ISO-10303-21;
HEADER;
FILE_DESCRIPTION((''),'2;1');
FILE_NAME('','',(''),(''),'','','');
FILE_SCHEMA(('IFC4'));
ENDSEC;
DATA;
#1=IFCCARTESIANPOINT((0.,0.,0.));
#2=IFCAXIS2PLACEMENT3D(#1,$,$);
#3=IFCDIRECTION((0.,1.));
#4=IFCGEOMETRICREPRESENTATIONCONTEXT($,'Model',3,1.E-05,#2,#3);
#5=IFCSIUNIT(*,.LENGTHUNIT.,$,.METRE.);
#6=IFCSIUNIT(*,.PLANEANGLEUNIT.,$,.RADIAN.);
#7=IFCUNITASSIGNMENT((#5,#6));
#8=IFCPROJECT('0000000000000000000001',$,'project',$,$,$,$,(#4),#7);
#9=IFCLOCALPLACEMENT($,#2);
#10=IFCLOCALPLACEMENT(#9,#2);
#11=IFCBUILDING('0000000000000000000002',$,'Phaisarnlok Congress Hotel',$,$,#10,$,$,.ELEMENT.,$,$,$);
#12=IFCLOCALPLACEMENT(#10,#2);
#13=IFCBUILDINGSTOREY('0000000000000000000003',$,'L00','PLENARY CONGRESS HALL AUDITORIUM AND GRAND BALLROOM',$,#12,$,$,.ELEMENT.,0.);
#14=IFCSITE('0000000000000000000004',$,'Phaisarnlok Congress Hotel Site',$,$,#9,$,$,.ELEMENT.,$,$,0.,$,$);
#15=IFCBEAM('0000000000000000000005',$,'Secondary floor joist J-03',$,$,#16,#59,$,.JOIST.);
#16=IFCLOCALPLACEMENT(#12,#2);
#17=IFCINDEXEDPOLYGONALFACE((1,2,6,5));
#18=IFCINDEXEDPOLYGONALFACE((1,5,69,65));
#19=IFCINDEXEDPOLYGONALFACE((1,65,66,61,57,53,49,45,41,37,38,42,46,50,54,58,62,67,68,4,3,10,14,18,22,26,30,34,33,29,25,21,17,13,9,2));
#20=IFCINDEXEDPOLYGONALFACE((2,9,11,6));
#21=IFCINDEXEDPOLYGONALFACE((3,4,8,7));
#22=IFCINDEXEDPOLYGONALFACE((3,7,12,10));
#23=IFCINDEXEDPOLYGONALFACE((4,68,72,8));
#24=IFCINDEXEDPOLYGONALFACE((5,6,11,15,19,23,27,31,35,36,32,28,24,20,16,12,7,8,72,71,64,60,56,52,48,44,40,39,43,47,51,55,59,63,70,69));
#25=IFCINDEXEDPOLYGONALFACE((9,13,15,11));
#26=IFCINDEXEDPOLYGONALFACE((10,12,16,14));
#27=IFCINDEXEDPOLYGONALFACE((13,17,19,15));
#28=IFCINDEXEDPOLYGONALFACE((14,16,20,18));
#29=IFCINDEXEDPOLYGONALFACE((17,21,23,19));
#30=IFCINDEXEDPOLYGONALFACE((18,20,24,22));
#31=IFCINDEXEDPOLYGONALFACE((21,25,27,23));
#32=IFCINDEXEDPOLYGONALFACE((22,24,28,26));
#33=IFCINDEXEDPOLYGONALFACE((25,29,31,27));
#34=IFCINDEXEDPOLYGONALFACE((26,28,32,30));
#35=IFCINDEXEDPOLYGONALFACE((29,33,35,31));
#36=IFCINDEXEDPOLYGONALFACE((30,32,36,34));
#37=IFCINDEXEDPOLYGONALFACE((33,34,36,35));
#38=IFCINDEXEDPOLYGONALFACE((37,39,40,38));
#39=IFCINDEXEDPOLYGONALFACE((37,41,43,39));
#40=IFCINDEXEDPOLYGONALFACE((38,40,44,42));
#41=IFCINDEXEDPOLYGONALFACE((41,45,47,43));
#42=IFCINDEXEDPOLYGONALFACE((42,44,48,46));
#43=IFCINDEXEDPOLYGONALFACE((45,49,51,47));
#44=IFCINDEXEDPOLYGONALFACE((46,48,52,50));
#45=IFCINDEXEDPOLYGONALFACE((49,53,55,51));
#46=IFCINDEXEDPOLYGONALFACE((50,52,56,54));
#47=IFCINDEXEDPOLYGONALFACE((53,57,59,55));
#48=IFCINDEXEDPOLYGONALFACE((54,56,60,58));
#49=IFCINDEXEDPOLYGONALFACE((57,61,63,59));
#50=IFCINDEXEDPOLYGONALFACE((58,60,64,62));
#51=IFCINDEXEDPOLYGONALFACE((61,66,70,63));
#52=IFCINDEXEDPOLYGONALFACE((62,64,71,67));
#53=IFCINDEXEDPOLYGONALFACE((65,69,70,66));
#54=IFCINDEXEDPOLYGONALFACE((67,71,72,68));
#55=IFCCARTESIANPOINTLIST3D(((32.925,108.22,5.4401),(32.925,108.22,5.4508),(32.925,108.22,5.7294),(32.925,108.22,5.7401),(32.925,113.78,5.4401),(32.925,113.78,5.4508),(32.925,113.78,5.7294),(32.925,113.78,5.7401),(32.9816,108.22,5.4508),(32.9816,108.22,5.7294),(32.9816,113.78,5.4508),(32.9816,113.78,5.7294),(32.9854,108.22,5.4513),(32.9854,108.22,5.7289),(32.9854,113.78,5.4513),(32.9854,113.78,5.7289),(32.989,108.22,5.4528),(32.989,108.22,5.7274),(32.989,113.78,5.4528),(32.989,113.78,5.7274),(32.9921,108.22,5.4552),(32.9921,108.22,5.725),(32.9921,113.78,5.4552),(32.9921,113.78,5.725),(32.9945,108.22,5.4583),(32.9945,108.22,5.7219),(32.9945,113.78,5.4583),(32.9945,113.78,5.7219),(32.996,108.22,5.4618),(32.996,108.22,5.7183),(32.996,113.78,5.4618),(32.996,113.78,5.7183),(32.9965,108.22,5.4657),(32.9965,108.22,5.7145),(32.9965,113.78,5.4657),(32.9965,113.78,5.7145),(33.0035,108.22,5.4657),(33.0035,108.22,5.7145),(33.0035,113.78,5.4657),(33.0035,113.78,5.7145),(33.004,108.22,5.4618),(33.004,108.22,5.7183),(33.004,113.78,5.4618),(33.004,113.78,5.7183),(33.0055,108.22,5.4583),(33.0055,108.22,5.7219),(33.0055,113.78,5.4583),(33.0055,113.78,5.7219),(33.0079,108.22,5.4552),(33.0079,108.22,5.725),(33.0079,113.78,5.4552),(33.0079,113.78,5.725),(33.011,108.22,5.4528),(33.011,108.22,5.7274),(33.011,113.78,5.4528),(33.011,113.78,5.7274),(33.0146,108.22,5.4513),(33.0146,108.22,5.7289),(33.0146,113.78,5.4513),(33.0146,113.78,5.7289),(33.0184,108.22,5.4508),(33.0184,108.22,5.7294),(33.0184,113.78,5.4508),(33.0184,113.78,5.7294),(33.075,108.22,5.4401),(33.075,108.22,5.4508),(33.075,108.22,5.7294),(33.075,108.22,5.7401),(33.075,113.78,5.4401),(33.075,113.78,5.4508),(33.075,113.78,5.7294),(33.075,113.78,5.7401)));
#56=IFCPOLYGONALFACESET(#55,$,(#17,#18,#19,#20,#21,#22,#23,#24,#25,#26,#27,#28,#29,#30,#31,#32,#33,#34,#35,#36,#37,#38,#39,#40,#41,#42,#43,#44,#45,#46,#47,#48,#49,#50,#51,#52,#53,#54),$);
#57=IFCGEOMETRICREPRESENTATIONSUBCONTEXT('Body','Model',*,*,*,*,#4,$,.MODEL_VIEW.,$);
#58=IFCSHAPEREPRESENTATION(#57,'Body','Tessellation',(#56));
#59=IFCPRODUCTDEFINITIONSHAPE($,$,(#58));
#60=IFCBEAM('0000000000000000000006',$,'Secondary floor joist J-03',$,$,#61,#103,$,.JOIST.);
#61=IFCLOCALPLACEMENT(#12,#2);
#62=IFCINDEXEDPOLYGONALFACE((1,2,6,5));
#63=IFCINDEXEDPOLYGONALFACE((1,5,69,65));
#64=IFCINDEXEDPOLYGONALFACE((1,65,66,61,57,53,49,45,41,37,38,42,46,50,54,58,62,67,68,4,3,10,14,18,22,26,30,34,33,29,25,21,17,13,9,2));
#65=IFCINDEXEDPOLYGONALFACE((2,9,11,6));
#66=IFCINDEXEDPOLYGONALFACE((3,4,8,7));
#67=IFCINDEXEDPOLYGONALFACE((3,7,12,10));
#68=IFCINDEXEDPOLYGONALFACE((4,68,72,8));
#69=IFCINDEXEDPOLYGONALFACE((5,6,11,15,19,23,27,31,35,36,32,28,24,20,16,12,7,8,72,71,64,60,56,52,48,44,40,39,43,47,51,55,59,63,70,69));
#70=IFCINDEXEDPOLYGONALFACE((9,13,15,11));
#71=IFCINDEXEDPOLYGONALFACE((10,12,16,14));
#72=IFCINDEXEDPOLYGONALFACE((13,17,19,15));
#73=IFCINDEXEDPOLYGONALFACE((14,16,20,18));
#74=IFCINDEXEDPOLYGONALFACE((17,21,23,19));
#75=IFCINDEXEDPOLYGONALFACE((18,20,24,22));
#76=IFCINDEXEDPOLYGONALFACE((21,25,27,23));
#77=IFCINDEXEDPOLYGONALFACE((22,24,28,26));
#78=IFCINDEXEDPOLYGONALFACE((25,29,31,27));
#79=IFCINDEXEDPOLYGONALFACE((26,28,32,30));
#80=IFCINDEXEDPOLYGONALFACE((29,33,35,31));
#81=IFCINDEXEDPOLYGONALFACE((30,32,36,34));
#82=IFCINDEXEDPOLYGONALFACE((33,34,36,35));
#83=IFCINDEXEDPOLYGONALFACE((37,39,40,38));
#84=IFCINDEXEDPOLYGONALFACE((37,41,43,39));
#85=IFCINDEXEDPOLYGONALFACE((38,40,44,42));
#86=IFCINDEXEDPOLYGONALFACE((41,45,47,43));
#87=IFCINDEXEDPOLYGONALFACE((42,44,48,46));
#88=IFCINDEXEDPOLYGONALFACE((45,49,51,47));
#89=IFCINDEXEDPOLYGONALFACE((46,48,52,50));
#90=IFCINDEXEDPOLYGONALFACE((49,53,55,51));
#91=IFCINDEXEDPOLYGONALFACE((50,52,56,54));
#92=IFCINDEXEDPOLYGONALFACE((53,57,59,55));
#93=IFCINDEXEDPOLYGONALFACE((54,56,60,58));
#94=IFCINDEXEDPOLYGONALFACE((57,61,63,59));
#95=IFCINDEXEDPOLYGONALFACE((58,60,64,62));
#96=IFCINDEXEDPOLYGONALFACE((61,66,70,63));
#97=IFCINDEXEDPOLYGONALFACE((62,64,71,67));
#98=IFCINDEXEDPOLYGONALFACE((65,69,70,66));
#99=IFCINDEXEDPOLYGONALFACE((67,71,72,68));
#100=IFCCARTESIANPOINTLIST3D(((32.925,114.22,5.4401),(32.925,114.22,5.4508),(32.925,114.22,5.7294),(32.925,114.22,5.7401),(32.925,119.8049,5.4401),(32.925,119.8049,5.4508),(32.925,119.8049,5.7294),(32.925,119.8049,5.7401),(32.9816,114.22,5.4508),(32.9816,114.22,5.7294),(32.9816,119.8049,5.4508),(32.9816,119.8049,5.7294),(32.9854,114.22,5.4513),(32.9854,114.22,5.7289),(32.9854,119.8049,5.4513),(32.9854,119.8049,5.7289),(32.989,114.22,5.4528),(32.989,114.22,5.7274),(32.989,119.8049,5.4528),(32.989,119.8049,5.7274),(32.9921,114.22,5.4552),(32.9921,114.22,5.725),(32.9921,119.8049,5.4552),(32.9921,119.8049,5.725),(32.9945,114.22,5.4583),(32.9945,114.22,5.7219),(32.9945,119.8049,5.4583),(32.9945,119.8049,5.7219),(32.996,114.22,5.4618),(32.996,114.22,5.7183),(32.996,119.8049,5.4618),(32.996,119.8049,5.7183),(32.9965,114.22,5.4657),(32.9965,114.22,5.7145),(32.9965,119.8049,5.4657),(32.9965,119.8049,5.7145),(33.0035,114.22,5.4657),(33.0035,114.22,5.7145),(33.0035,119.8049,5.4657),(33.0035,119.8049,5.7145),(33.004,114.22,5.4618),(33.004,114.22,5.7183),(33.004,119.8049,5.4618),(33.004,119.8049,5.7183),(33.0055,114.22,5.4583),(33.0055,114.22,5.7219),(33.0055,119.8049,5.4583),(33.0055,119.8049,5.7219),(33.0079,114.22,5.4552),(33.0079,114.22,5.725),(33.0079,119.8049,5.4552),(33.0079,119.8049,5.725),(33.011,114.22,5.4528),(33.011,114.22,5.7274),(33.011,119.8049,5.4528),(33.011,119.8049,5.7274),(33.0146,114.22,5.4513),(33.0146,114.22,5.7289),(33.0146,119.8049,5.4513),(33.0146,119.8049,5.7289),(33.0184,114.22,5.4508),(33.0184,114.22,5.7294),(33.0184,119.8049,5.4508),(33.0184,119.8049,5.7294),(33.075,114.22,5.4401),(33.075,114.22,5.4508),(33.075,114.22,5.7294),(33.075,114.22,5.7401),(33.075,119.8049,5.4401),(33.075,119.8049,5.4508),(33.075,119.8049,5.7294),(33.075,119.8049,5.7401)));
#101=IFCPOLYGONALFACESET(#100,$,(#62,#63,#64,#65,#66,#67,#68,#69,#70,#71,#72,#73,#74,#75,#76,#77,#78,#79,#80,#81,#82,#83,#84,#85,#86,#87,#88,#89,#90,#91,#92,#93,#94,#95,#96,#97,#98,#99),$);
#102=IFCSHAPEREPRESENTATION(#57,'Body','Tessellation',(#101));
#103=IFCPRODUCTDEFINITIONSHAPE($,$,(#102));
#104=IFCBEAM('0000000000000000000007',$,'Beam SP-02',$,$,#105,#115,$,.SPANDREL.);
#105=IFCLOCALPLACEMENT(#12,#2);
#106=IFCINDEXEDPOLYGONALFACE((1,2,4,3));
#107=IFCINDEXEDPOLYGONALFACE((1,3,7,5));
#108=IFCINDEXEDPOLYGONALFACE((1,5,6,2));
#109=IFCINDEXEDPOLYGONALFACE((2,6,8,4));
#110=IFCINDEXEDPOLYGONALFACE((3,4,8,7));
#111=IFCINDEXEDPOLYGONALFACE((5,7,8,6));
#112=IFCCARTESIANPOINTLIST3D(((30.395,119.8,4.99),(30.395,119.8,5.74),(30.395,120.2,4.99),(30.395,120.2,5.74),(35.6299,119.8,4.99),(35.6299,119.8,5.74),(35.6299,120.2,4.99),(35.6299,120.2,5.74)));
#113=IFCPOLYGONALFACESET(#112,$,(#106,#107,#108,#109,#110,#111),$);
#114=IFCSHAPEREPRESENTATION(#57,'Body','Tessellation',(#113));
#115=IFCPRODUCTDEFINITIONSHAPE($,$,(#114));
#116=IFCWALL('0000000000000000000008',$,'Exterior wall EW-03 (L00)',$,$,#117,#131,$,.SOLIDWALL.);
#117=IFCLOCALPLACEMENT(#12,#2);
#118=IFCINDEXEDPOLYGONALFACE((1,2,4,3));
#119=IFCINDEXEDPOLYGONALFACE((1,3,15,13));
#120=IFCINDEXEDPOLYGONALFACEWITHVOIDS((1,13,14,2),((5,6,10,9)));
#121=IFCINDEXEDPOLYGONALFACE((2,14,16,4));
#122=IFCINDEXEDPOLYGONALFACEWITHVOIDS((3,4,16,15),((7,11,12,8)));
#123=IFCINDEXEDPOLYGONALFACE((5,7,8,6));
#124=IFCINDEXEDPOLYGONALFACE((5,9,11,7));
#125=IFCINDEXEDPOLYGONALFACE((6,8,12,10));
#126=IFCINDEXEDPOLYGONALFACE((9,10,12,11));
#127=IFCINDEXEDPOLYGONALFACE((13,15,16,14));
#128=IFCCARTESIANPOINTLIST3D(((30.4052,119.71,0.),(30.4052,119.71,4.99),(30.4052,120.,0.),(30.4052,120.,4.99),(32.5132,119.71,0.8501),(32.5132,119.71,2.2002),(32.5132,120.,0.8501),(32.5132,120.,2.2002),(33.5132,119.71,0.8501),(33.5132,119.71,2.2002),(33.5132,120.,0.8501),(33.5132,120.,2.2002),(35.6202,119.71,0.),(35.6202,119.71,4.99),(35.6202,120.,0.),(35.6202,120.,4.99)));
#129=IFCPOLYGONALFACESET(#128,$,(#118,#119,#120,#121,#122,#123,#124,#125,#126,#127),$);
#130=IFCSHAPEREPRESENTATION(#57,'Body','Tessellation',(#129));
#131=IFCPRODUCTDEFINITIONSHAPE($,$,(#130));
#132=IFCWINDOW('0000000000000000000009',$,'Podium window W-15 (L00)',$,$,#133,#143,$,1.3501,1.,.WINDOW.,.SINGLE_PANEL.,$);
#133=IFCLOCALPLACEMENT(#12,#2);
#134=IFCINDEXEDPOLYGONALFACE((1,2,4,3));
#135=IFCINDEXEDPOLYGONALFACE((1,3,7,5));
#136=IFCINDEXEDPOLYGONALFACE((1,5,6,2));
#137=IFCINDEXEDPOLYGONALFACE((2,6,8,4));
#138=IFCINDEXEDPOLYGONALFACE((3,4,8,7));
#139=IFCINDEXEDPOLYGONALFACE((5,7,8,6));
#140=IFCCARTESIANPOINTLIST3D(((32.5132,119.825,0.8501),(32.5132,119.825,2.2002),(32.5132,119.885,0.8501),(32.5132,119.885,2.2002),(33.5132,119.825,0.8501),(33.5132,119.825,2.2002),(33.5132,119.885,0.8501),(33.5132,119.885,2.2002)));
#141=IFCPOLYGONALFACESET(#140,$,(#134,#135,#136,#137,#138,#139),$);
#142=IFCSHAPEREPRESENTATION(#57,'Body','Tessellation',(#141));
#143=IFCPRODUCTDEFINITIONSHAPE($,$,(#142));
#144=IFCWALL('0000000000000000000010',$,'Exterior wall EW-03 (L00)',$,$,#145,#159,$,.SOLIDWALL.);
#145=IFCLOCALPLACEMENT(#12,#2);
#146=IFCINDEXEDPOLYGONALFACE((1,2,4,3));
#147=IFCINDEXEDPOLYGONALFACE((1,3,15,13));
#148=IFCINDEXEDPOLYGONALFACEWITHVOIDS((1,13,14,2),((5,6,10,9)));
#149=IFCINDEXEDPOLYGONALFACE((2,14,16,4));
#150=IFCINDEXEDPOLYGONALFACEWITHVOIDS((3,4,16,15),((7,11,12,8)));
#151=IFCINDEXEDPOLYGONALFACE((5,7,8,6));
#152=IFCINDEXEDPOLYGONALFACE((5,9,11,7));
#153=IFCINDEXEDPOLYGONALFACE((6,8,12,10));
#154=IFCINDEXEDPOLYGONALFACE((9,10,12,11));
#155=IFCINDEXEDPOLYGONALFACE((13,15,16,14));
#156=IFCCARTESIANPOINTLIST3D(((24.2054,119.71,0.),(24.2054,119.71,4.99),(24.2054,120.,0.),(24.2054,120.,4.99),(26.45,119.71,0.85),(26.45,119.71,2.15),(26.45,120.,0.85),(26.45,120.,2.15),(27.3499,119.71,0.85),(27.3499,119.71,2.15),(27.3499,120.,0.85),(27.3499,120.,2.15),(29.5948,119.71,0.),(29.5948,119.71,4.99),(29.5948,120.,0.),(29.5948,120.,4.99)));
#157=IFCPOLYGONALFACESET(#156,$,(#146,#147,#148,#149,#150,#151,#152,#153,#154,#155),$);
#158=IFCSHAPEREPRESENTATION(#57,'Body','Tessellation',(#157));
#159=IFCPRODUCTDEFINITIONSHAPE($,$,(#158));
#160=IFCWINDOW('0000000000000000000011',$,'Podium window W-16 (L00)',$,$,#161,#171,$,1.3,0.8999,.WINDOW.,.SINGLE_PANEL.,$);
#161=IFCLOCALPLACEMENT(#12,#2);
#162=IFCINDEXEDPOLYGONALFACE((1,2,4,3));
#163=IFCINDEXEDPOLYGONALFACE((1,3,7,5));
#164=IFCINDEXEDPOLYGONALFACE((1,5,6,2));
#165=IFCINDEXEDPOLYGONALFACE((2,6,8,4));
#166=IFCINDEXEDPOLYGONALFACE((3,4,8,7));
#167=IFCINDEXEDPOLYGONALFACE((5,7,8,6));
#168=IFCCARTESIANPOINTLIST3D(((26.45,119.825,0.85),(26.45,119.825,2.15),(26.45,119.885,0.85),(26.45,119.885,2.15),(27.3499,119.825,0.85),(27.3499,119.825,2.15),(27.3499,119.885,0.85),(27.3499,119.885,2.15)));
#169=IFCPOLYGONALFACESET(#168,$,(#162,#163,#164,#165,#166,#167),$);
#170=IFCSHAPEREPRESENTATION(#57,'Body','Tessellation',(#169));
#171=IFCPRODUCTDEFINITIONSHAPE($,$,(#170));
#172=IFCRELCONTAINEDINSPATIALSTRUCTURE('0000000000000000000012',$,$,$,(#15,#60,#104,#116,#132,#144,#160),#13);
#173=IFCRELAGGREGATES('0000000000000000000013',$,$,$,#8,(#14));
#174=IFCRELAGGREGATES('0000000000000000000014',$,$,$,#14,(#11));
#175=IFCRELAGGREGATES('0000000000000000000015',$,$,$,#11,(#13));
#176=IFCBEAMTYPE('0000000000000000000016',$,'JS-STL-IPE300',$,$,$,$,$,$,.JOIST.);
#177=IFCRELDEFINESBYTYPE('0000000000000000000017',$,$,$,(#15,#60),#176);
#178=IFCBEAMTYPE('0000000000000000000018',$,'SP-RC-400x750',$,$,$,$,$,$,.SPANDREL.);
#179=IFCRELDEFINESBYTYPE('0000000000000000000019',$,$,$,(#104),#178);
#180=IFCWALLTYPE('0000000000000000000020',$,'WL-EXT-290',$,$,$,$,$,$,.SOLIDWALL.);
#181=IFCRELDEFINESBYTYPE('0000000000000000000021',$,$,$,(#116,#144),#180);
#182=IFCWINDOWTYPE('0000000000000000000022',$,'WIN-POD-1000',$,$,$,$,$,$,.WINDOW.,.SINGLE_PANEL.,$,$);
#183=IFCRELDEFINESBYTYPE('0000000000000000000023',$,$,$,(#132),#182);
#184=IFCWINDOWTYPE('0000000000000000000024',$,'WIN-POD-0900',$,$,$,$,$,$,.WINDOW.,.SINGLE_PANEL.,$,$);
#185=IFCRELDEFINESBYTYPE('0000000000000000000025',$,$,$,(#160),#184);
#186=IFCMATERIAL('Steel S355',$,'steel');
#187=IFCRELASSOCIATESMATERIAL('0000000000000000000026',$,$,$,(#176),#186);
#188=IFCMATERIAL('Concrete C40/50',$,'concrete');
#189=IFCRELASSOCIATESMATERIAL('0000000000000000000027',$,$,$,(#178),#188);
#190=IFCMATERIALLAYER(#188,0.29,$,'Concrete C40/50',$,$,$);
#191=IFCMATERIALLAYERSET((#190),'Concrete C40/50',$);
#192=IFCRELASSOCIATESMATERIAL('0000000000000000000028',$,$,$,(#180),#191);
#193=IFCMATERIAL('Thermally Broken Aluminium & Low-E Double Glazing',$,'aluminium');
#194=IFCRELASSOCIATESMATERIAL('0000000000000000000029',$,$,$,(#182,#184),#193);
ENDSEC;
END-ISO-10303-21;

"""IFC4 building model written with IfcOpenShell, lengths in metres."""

from ifc_helpers import new_model, si_unit, direction, frame, frame_2d, origin, origin_2d, place, context, subcontext, project, spatial, rectangle, i_section, extrude, material, layer, layer_set, material_profile, profile_set, type_object, element, fill, save


model = new_model("IFC4")

# Units and contexts
model_context = context("Model", 3, precision=1e-05, world=origin(), true_north=direction((0.0, 1.0)))
body_context = subcontext(model_context, "Body", "Model", "MODEL_VIEW")
ifc_project = project(units=[si_unit("LENGTHUNIT", "METRE"), si_unit("PLANEANGLEUNIT", "RADIAN")], contexts=[model_context])

# Site, building, storey
site_placement = place(None, origin())
site = spatial("IfcSite", under=ifc_project, at=site_placement, Name="Phaisarnlok Congress Hotel Site", CompositionType="ELEMENT", RefElevation=0.0)
building_placement = place(site_placement, origin())
building = spatial("IfcBuilding", under=site, at=building_placement, Name="Phaisarnlok Congress Hotel", CompositionType="ELEMENT")
storey_placement = place(building_placement, origin())
storey = spatial("IfcBuildingStorey", under=building, at=storey_placement, Name="L00", Description="PLENARY CONGRESS HALL AUDITORIUM AND GRAND BALLROOM", CompositionType="ELEMENT", Elevation=0.0)

# Shared definitions
ifc_material_1 = material(Name="Steel S355", Category="steel")

# Beams
ifc_material_2 = material(Name="Concrete C40/50", Category="concrete")
ifc_material_profile_1 = material_profile(ifc_material_1, i_section(OverallWidth=0.1499, OverallDepth=0.3, WebThickness=0.0071, FlangeThickness=0.0107, FilletRadius=0.0149, at=origin_2d()), Name="IPE 300")
ifc_profile_set_1 = profile_set([ifc_material_profile_1], Name="Steel S355")
beam_type_1 = type_object("IfcBeamType", Name="JS-STL-IPE300", PredefinedType="JOIST", material=ifc_profile_set_1)
for number, where, z_axis, x_axis, name in (
    (1, (33.0, 108.22, 5.5901), (0.0, 1.0, 0.0), (-1.0, 0.0, 0.0), "Secondary floor joist J-03"),
):
    element("IfcBeam", number, at=place(storey_placement, frame(where, z_axis=z_axis, x_axis=x_axis)), inside=storey, type_object=beam_type_1, Name=name, PredefinedType="JOIST", context=body_context, shape_type="SweptSolid", body=[
        extrude(i_section(OverallWidth=0.1499, OverallDepth=0.3, WebThickness=0.0071, FlangeThickness=0.0107, FilletRadius=0.0149, at=origin_2d()), origin(), (0.0, 0.0, 1.0), 5.5601),
    ])
beam_1_placement = place(storey_placement, frame((33.0, 114.22, 5.5901), z_axis=(0.0, 1.0, 0.0), x_axis=(-1.0, 0.0, 0.0)))
element("IfcBeam", 2, at=beam_1_placement, inside=storey, type_object=beam_type_1, Name="Secondary floor joist J-03", PredefinedType="JOIST", context=body_context, shape_type="SweptSolid", body=[
    extrude(i_section(OverallWidth=0.1499, OverallDepth=0.3, WebThickness=0.0071, FlangeThickness=0.0107, FilletRadius=0.0149, at=origin_2d()), origin(), (0.0, 0.0, 1.0), 5.585),
])
ifc_material_profile_2 = material_profile(ifc_material_2, rectangle(XDim=0.3999, YDim=0.75, at=origin_2d()), Name="RC 400x750")
ifc_profile_set_2 = profile_set([ifc_material_profile_2], Name="Concrete C40/50")
beam_type_2 = type_object("IfcBeamType", Name="SP-RC-400x750", PredefinedType="SPANDREL", material=ifc_profile_set_2)
beam_2_placement = place(storey_placement, frame((30.395, 120.0, 5.365), z_axis=(1.0, 0.0, 0.0), x_axis=(0.0, 1.0, 0.0)))
element("IfcBeam", 3, at=beam_2_placement, inside=storey, type_object=beam_type_2, Name="Beam SP-02", PredefinedType="SPANDREL", context=body_context, shape_type="SweptSolid", body=[
    extrude(rectangle(XDim=0.3999, YDim=0.75, at=origin_2d()), origin(), (0.0, 0.0, 1.0), 5.2349),
])

# Walls, openings, windows
ifc_layer_1 = layer(ifc_material_2, 0.29, Name="Concrete C40/50")
ifc_layer_set_1 = layer_set([ifc_layer_1], Name="Concrete C40/50")
wall_type_1 = type_object("IfcWallType", Name="WL-EXT-290", PredefinedType="SOLIDWALL", material=ifc_layer_set_1)
wall_1_placement = place(storey_placement, frame((35.6201, 119.855, 0.0), z_axis=(0.0, 0.0, 1.0), x_axis=(-1.0, 0.0, 0.0)))
wall_1 = element("IfcWall", 4, at=wall_1_placement, inside=storey, type_object=wall_type_1, Name="Exterior wall EW-03 (L00)", PredefinedType="SOLIDWALL", context=body_context, shape_type="SweptSolid", body=[
    extrude(rectangle(XDim=5.2151, YDim=0.29, at=frame_2d((2.6074, 0.0))), origin(), (0.0, 0.0, 1.0), 4.99),
])
opening_1_placement = place(wall_1_placement, frame((2.1069, 0.0, 0.8501)))
opening_1 = element("IfcOpeningElement", 5, at=opening_1_placement, cuts=wall_1, PredefinedType="OPENING", context=body_context, shape_type="SweptSolid", body=[
    extrude(rectangle(XDim=1.0, YDim=1.3501, at=frame_2d((0.5, 0.675))), frame((0.0, 0.155, 0.0), z_axis=(0.0, -1.0, 0.0), x_axis=(1.0, 0.0, 0.0)), (0.0, 0.0, 1.0), 0.3101),
])
ifc_material_3 = material(Name="Thermally Broken Aluminium & Low-E Double Glazing", Category="aluminium")
window_type_1 = type_object("IfcWindowType", Name="WIN-POD-1000", PartitioningType="SINGLE_PANEL", PredefinedType="WINDOW", material=ifc_material_3)
window_1_placement = place(opening_1_placement, origin())
window_1 = element("IfcWindow", 6, at=window_1_placement, inside=storey, type_object=window_type_1, Name="Podium window W-15 (L00)", OverallHeight=1.3501, OverallWidth=1.0, PartitioningType="SINGLE_PANEL", PredefinedType="WINDOW", context=body_context, shape_type="SweptSolid", body=[
    extrude(rectangle(XDim=1.0, YDim=1.3501, at=frame_2d((0.5, 0.675))), frame((0.0, 0.03, 0.0), z_axis=(0.0, -1.0, 0.0), x_axis=(1.0, 0.0, 0.0)), (0.0, 0.0, 1.0), 0.0601),
])
fill(opening_1, window_1)
wall_2_placement = place(storey_placement, frame((29.595, 119.855, 0.0), z_axis=(0.0, 0.0, 1.0), x_axis=(-1.0, 0.0, 0.0)))
wall_2 = element("IfcWall", 7, at=wall_2_placement, inside=storey, type_object=wall_type_1, Name="Exterior wall EW-03 (L00)", PredefinedType="SOLIDWALL", context=body_context, shape_type="SweptSolid", body=[
    extrude(rectangle(XDim=5.3894, YDim=0.29, at=frame_2d((2.6948, 0.0))), origin(), (0.0, 0.0, 1.0), 4.99),
])
opening_2_placement = place(wall_2_placement, frame((2.2451, 0.0, 0.8501)))
opening_2 = element("IfcOpeningElement", 8, at=opening_2_placement, cuts=wall_2, PredefinedType="OPENING", context=body_context, shape_type="SweptSolid", body=[
    extrude(rectangle(XDim=0.8999, YDim=1.3, at=frame_2d((0.45, 0.6499))), frame((0.0, 0.155, 0.0), z_axis=(0.0, -1.0, 0.0), x_axis=(1.0, 0.0, 0.0)), (0.0, 0.0, 1.0), 0.3101),
])
window_type_2 = type_object("IfcWindowType", Name="WIN-POD-0900", PartitioningType="SINGLE_PANEL", PredefinedType="WINDOW", material=ifc_material_3)
window_2_placement = place(opening_2_placement, origin())
window_2 = element("IfcWindow", 9, at=window_2_placement, inside=storey, type_object=window_type_2, Name="Podium window W-16 (L00)", OverallHeight=1.3, OverallWidth=0.8999, PartitioningType="SINGLE_PANEL", PredefinedType="WINDOW", context=body_context, shape_type="SweptSolid", body=[
    extrude(rectangle(XDim=0.8999, YDim=1.3, at=frame_2d((0.45, 0.6499))), frame((0.0, 0.03, 0.0), z_axis=(0.0, -1.0, 0.0), x_axis=(1.0, 0.0, 0.0)), (0.0, 0.0, 1.0), 0.0601),
])
fill(opening_2, window_2)

save(model, "model.ifc")
